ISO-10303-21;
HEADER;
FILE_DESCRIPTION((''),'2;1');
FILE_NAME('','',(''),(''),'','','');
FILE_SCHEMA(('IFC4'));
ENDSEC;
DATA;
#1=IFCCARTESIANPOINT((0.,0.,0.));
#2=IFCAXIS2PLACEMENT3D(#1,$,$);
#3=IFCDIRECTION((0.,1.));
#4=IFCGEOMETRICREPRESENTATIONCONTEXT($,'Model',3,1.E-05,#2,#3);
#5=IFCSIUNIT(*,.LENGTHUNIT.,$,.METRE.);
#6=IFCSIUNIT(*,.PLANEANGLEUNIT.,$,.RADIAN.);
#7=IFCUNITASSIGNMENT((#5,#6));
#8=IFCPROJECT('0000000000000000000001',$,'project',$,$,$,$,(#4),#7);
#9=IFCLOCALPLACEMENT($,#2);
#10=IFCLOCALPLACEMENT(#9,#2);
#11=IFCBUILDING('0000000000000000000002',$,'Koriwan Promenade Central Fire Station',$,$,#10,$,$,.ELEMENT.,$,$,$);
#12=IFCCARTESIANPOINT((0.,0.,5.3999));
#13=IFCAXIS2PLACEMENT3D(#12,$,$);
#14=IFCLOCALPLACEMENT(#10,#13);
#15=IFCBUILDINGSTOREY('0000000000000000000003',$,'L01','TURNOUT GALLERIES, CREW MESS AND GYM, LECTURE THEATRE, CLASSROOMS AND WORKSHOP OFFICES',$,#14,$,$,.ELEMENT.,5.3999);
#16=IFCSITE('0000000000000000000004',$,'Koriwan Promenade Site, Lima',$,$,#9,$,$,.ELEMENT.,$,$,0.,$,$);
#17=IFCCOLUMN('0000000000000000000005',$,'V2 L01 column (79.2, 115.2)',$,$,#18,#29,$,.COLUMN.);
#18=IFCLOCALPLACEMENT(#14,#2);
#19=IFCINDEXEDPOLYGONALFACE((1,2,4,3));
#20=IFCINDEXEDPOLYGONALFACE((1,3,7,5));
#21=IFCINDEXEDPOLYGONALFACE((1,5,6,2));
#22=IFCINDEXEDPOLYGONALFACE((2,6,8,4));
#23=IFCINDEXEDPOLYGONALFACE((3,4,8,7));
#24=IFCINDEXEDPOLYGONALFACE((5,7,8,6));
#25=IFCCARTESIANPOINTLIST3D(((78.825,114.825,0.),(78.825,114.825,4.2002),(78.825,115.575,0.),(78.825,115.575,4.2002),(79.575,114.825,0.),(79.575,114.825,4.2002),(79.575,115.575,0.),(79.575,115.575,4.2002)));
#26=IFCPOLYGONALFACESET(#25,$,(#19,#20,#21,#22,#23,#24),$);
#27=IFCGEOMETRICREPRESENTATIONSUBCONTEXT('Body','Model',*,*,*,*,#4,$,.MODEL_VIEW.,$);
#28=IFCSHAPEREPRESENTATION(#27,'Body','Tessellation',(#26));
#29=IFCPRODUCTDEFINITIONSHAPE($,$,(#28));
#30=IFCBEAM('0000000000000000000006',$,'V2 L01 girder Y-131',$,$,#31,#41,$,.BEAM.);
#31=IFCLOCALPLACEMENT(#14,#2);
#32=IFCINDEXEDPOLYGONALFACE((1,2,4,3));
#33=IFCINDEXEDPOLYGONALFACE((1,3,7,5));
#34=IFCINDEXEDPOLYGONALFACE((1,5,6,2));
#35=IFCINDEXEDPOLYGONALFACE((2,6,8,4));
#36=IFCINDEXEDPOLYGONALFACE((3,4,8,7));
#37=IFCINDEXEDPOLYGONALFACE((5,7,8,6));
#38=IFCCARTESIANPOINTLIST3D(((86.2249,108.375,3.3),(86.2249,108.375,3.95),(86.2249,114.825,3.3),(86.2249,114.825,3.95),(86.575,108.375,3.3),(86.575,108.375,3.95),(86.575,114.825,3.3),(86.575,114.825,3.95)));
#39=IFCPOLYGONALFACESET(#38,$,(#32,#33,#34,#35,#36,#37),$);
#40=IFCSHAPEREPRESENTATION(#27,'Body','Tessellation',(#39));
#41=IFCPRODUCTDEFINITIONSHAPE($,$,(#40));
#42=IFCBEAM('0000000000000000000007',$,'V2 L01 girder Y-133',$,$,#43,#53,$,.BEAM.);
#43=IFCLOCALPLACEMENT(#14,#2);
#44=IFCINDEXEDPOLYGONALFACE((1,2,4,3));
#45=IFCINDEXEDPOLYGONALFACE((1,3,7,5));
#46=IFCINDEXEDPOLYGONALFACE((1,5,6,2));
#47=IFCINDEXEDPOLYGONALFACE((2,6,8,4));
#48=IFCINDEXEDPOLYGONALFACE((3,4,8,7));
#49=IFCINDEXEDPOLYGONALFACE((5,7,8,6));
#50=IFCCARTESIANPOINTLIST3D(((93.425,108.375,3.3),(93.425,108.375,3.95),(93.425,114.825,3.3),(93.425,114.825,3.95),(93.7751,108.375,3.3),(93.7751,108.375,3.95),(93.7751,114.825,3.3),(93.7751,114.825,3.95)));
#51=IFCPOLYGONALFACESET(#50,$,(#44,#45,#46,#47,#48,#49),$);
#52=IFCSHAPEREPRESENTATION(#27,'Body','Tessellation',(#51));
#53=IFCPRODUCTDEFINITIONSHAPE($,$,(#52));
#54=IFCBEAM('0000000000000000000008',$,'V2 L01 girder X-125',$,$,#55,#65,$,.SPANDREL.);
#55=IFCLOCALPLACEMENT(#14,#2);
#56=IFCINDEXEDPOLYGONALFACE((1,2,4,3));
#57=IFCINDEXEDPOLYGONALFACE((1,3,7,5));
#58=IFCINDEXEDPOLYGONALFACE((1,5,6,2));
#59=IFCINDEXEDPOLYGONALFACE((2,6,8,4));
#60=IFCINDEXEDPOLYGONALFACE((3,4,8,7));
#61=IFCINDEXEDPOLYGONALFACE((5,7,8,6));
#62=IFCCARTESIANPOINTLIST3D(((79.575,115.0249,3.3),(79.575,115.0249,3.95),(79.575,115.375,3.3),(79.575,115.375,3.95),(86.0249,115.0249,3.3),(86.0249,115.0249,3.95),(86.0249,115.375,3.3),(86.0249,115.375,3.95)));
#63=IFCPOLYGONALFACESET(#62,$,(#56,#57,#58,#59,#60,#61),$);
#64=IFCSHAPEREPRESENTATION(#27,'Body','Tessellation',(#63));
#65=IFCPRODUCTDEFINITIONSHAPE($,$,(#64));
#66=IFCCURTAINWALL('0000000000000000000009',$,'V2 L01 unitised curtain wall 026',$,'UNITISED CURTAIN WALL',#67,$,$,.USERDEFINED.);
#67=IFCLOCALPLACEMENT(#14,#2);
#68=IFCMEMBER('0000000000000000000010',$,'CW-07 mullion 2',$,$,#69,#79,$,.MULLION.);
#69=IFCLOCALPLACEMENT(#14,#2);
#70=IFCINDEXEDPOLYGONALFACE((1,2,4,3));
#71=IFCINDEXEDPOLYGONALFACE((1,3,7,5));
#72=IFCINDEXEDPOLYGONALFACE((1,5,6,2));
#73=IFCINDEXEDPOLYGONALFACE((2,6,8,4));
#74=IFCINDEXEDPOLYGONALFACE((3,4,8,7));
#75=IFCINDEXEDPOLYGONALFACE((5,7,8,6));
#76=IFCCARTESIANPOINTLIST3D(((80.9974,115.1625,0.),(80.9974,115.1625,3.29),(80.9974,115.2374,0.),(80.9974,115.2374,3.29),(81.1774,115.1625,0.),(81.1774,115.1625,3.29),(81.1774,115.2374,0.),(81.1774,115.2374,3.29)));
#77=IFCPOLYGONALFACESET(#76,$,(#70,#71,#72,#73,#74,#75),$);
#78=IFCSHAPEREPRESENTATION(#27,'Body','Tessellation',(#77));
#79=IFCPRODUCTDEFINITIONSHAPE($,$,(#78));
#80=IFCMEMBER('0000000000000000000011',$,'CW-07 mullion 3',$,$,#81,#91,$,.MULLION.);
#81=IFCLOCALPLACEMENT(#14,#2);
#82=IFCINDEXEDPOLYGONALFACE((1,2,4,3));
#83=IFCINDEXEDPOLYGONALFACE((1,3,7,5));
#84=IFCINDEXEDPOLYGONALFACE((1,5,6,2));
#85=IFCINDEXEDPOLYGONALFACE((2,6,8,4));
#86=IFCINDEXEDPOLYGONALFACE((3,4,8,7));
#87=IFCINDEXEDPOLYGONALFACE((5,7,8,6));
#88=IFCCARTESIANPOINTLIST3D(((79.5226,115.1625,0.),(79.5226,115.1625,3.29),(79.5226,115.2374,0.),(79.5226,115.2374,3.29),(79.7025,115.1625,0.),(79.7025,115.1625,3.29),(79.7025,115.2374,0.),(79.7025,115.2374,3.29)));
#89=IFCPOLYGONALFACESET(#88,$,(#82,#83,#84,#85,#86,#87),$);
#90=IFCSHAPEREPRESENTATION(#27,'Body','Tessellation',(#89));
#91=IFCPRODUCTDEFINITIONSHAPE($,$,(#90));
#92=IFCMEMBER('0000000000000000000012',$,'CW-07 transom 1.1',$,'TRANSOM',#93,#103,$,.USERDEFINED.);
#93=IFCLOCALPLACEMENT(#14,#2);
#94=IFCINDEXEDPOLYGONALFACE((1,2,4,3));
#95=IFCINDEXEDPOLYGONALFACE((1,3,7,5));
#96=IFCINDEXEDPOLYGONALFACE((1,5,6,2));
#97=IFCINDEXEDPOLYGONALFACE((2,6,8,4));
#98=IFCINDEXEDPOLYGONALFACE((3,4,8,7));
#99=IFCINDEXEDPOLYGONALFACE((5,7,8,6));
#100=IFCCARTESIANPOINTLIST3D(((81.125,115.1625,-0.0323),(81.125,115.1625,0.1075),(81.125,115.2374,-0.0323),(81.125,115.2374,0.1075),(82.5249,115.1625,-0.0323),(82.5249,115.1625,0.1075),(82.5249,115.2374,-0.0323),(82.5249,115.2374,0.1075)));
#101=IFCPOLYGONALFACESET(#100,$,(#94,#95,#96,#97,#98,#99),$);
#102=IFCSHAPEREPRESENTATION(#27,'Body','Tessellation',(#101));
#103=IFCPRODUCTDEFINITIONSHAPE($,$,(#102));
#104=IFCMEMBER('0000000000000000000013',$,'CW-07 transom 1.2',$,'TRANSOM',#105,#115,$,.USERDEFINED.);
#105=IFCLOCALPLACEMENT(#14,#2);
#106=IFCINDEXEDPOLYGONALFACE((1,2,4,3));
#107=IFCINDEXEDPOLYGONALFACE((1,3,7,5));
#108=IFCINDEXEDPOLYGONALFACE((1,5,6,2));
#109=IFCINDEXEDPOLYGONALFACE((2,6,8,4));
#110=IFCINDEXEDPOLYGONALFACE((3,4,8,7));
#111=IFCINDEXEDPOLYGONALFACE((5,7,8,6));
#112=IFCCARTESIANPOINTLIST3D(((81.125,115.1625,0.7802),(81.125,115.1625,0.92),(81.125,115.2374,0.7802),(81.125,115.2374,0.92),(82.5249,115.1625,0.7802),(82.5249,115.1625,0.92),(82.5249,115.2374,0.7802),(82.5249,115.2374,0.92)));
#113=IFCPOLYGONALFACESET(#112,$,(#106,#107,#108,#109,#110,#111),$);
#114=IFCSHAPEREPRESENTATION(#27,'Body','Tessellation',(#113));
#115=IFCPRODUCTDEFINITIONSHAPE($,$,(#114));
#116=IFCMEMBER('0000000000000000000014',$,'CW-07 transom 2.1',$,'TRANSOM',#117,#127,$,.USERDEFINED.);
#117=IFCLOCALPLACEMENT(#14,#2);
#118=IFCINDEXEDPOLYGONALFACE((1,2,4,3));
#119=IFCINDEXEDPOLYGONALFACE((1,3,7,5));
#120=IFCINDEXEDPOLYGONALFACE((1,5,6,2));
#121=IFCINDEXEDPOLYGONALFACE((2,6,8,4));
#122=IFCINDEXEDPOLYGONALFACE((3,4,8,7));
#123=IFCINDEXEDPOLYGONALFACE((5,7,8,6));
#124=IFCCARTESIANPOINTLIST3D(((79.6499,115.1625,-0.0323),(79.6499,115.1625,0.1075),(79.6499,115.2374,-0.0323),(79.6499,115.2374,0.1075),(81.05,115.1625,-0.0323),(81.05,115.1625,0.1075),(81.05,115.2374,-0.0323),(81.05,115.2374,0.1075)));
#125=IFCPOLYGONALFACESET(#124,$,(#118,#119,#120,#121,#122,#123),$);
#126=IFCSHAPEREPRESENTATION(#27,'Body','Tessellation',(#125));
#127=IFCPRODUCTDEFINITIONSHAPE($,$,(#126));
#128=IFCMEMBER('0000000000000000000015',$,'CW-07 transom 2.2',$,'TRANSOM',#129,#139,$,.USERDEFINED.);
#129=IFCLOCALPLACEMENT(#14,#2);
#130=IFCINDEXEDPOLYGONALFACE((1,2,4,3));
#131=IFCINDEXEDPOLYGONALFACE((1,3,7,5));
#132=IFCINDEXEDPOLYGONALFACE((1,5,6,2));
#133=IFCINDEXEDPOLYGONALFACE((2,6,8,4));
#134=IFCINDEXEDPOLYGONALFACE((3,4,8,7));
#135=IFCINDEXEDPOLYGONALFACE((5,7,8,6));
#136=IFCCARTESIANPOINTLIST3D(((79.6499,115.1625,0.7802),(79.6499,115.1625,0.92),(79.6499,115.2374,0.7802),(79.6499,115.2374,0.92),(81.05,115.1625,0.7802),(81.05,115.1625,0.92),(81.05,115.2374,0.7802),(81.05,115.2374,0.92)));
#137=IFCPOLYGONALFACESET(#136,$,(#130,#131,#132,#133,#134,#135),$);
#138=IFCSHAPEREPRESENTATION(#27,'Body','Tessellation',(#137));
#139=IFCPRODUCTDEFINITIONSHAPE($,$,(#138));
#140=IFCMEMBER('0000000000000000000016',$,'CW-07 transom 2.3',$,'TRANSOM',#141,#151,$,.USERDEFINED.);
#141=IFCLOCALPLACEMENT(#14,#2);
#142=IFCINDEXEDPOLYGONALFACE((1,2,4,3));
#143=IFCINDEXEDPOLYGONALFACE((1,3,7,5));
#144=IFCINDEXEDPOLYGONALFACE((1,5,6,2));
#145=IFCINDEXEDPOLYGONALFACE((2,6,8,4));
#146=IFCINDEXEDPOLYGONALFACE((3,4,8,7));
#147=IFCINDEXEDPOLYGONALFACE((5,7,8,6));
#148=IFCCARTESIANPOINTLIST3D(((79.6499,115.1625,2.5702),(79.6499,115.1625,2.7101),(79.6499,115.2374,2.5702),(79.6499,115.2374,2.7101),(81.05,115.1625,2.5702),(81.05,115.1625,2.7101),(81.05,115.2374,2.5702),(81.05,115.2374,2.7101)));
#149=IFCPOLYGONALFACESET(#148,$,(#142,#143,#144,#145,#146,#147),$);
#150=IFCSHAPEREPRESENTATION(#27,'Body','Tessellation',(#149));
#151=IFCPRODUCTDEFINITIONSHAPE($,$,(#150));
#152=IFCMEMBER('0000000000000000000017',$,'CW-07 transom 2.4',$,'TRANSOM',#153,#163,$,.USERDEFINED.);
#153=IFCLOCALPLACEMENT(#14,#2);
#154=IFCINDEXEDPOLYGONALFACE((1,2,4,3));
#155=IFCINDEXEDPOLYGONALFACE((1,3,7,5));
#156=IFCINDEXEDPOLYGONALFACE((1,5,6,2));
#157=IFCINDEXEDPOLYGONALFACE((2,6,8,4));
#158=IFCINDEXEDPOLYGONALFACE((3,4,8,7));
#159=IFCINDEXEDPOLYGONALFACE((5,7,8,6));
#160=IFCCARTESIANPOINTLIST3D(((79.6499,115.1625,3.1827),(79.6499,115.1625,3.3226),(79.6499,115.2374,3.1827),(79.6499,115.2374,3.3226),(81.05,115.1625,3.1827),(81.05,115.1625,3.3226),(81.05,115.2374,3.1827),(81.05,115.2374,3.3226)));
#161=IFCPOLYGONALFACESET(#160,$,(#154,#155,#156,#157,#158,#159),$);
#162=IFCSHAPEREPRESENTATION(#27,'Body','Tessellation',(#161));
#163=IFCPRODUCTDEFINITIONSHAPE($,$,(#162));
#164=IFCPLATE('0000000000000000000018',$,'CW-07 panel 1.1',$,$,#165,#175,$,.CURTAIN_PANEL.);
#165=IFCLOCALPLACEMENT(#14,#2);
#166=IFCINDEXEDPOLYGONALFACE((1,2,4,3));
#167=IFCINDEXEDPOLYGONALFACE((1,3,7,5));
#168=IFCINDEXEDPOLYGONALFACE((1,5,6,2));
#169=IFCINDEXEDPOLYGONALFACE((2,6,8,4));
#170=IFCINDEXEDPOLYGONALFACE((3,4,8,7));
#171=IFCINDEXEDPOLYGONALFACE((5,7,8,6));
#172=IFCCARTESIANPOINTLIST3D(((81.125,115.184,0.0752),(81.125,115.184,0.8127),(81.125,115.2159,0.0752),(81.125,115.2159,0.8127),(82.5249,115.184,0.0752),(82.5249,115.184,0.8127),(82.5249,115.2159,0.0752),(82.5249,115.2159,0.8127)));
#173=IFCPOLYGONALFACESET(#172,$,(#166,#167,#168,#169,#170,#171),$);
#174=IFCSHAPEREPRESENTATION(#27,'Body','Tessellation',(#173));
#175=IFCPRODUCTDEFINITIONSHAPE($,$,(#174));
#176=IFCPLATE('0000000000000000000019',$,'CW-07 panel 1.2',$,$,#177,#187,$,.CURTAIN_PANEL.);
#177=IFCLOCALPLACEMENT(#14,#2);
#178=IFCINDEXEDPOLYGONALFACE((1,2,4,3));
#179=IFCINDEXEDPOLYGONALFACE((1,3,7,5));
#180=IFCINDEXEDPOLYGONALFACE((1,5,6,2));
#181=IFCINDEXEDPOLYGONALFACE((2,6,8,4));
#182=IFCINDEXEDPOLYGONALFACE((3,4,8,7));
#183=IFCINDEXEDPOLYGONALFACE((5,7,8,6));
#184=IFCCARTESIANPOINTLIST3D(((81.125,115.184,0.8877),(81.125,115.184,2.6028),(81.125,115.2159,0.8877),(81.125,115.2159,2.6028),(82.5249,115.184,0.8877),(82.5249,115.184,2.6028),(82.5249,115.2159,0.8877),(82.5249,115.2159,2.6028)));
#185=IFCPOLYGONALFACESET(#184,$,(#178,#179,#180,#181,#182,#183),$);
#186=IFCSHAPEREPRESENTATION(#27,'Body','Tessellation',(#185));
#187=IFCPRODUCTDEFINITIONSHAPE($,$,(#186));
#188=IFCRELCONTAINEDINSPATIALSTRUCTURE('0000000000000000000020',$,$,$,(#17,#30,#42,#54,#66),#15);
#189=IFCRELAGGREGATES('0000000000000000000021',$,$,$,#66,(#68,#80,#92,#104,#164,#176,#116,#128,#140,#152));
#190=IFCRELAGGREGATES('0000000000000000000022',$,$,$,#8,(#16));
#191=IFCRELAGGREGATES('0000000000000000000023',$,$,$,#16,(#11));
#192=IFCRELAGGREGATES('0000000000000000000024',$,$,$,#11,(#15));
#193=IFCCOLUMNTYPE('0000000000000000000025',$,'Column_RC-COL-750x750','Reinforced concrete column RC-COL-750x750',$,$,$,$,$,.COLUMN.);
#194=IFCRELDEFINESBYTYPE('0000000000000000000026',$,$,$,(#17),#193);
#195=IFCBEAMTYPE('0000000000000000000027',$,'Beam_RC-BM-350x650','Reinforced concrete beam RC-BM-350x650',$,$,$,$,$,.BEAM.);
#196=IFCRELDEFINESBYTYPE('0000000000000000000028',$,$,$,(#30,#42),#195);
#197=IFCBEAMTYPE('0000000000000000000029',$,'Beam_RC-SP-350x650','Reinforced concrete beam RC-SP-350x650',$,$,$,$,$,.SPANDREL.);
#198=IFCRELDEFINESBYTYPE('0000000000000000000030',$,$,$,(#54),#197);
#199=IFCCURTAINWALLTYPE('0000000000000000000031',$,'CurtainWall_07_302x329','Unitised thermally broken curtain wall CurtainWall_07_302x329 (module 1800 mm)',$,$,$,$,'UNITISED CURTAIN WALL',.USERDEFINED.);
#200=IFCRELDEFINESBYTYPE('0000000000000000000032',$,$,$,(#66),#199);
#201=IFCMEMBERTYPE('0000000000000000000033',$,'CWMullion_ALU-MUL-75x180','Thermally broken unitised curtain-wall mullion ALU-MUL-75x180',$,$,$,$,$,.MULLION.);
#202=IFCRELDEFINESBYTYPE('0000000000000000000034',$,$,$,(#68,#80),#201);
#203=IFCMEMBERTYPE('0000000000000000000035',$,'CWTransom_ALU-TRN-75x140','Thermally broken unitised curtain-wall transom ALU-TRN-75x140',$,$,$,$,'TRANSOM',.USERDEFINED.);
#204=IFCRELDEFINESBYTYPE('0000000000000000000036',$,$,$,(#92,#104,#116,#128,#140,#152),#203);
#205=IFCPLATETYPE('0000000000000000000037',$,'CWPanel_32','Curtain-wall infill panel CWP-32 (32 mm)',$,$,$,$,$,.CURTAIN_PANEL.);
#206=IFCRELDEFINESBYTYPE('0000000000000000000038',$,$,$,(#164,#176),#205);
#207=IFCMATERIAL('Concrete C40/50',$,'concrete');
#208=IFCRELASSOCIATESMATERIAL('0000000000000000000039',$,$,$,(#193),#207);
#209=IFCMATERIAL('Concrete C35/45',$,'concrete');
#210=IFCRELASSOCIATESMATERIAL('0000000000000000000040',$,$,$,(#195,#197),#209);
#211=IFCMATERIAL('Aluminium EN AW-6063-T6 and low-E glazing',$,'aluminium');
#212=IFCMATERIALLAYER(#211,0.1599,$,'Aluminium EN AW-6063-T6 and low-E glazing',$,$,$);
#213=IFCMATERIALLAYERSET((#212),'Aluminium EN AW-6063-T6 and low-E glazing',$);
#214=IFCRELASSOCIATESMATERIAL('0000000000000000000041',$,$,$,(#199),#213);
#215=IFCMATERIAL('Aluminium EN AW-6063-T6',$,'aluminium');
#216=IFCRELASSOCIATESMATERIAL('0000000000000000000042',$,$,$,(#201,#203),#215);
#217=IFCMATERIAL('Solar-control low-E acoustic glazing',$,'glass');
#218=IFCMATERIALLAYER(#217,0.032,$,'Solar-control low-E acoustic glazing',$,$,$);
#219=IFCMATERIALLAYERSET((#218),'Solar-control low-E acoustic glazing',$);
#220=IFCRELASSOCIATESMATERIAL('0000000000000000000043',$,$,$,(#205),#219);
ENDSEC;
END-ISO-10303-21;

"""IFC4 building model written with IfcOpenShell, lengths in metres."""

from ifc_helpers import new_model, si_unit, direction, frame, origin, origin_2d, place, context, subcontext, project, spatial, rectangle, extrude, material, layer, layer_set, material_profile, profile_set, type_object, element, aggregate, save


model = new_model("IFC4")

# Units and contexts
model_context = context("Model", 3, precision=1e-05, world=origin(), true_north=direction((0.0, 1.0)))
body_context = subcontext(model_context, "Body", "Model", "MODEL_VIEW")
ifc_project = project(units=[si_unit("LENGTHUNIT", "METRE"), si_unit("PLANEANGLEUNIT", "RADIAN")], contexts=[model_context])

# Site, building, storey
site_placement = place(None, origin())
site = spatial("IfcSite", under=ifc_project, at=site_placement, Name="Koriwan Promenade Site, Lima", CompositionType="ELEMENT", RefElevation=0.0)
building_placement = place(site_placement, origin())
building = spatial("IfcBuilding", under=site, at=building_placement, Name="Koriwan Promenade Central Fire Station", CompositionType="ELEMENT")
storey_placement = place(building_placement, frame((0.0, 0.0, 5.3999)))
storey = spatial("IfcBuildingStorey", under=building, at=storey_placement, Name="L01", Description="TURNOUT GALLERIES, CREW MESS AND GYM, LECTURE THEATRE, CLASSROOMS AND WORKSHOP OFFICES", CompositionType="ELEMENT", Elevation=5.3999)

# Column
ifc_material_1 = material(Name="Concrete C40/50", Category="concrete")
ifc_material_profile_1 = material_profile(ifc_material_1, rectangle(XDim=0.75, YDim=0.75, at=origin_2d()), Name="RC-COL-750x750")
ifc_profile_set_1 = profile_set([ifc_material_profile_1], Name="Concrete C40/50")
column_type = type_object("IfcColumnType", Name="Column_RC-COL-750x750", Description="Reinforced concrete column RC-COL-750x750", PredefinedType="COLUMN", material=ifc_profile_set_1)
column_placement = place(storey_placement, frame((79.2, 115.2, 0.0), z_axis=(0.0, 0.0, 1.0), x_axis=(1.0, 0.0, 0.0)))
element("IfcColumn", 1, at=column_placement, inside=storey, type_object=column_type, Name="V2 L01 column (79.2, 115.2)", PredefinedType="COLUMN", context=body_context, shape_type="SweptSolid", body=[
    extrude(rectangle(XDim=0.75, YDim=0.75, at=origin_2d()), origin(), (0.0, 0.0, 1.0), 4.2002),
])

# Beams
ifc_material_2 = material(Name="Concrete C35/45", Category="concrete")
ifc_material_profile_2 = material_profile(ifc_material_2, rectangle(XDim=0.3501, YDim=0.6499, at=origin_2d()), Name="RC-BM-350x650")
ifc_profile_set_2 = profile_set([ifc_material_profile_2], Name="Concrete C35/45")
beam_type_1 = type_object("IfcBeamType", Name="Beam_RC-BM-350x650", Description="Reinforced concrete beam RC-BM-350x650", PredefinedType="BEAM", material=ifc_profile_set_2)
for number, where, z_axis, x_axis, name in (
    (2, (86.3999, 108.375, 3.625), (0.0, 1.0, 0.0), (-1.0, 0.0, 0.0), "V2 L01 girder Y-131"),
    (3, (93.6001, 108.375, 3.625), (0.0, 1.0, 0.0), (-1.0, 0.0, 0.0), "V2 L01 girder Y-133"),
):
    element("IfcBeam", number, at=place(storey_placement, frame(where, z_axis=z_axis, x_axis=x_axis)), inside=storey, type_object=beam_type_1, Name=name, PredefinedType="BEAM", context=body_context, shape_type="SweptSolid", body=[
        extrude(rectangle(XDim=0.3501, YDim=0.6499, at=origin_2d()), origin(), (0.0, 0.0, 1.0), 6.45),
    ])
ifc_material_profile_3 = material_profile(ifc_material_2, rectangle(XDim=0.3501, YDim=0.6499, at=origin_2d()), Name="RC-SP-350x650")
ifc_profile_set_3 = profile_set([ifc_material_profile_3], Name="Concrete C35/45")
beam_type_2 = type_object("IfcBeamType", Name="Beam_RC-SP-350x650", Description="Reinforced concrete beam RC-SP-350x650", PredefinedType="SPANDREL", material=ifc_profile_set_3)
beam_placement = place(storey_placement, frame((79.575, 115.2, 3.625), z_axis=(1.0, 0.0, 0.0), x_axis=(0.0, 1.0, 0.0)))
element("IfcBeam", 4, at=beam_placement, inside=storey, type_object=beam_type_2, Name="V2 L01 girder X-125", PredefinedType="SPANDREL", context=body_context, shape_type="SweptSolid", body=[
    extrude(rectangle(XDim=0.3501, YDim=0.6499, at=origin_2d()), origin(), (0.0, 0.0, 1.0), 6.45),
])

# Curtain wall, members, plates
ifc_material_3 = material(Name="Aluminium EN AW-6063-T6 and low-E glazing", Category="aluminium")
ifc_layer_1 = layer(ifc_material_3, 0.1599, Name="Aluminium EN AW-6063-T6 and low-E glazing")
ifc_layer_set_1 = layer_set([ifc_layer_1], Name="Aluminium EN AW-6063-T6 and low-E glazing")
curtain_wall_type = type_object("IfcCurtainWallType", Name="CurtainWall_07_302x329", Description="Unitised thermally broken curtain wall CurtainWall_07_302x329 (module 1800 mm)", ElementType="UNITISED CURTAIN WALL", PredefinedType="USERDEFINED", material=ifc_layer_set_1)
curtain_wall_placement = place(storey_placement, origin())
curtain_wall = element("IfcCurtainWall", 5, at=curtain_wall_placement, inside=storey, type_object=curtain_wall_type, Name="V2 L01 unitised curtain wall 026", ObjectType="UNITISED CURTAIN WALL", PredefinedType="USERDEFINED")
ifc_material_4 = material(Name="Aluminium EN AW-6063-T6", Category="aluminium")
ifc_material_profile_4 = material_profile(ifc_material_4, rectangle(XDim=0.075, YDim=0.1799, at=origin_2d()), Name="ALU-MUL-75x180")
ifc_profile_set_4 = profile_set([ifc_material_profile_4], Name="Aluminium EN AW-6063-T6")
member_type_1 = type_object("IfcMemberType", Name="CWMullion_ALU-MUL-75x180", Description="Thermally broken unitised curtain-wall mullion ALU-MUL-75x180", PredefinedType="MULLION", material=ifc_profile_set_4)
member_1_placement = place(storey_placement, frame((81.0874, 115.2, 0.0), z_axis=(0.0, 0.0, 1.0), x_axis=(0.0, -1.0, 0.0)))
member_1 = element("IfcMember", 6, at=member_1_placement, type_object=member_type_1, Name="CW-07 mullion 2", PredefinedType="MULLION", context=body_context, shape_type="SweptSolid", body=[
    extrude(rectangle(XDim=0.075, YDim=0.1799, at=origin_2d()), origin(), (0.0, 0.0, 1.0), 3.29),
])
member_2_placement = place(storey_placement, frame((79.6125, 115.2, 0.0), z_axis=(0.0, 0.0, 1.0), x_axis=(0.0, -1.0, 0.0)))
member_2 = element("IfcMember", 7, at=member_2_placement, type_object=member_type_1, Name="CW-07 mullion 3", PredefinedType="MULLION", context=body_context, shape_type="SweptSolid", body=[
    extrude(rectangle(XDim=0.075, YDim=0.1799, at=origin_2d()), origin(), (0.0, 0.0, 1.0), 3.29),
])
ifc_material_profile_5 = material_profile(ifc_material_4, rectangle(XDim=0.075, YDim=0.1399, at=origin_2d()), Name="ALU-TRN-75x140")
ifc_profile_set_5 = profile_set([ifc_material_profile_5], Name="Aluminium EN AW-6063-T6")
member_type_2 = type_object("IfcMemberType", Name="CWTransom_ALU-TRN-75x140", Description="Thermally broken unitised curtain-wall transom ALU-TRN-75x140", ElementType="TRANSOM", PredefinedType="USERDEFINED", material=ifc_profile_set_5)
member_3_placement = place(storey_placement, frame((82.5249, 115.2, 0.0376), z_axis=(-1.0, 0.0, 0.0), x_axis=(0.0, -1.0, 0.0)))
member_3 = element("IfcMember", 8, at=member_3_placement, type_object=member_type_2, Name="CW-07 transom 1.1", ObjectType="TRANSOM", PredefinedType="USERDEFINED", context=body_context, shape_type="SweptSolid", body=[
    extrude(rectangle(XDim=0.075, YDim=0.1399, at=origin_2d()), origin(), (0.0, 0.0, 1.0), 1.3999),
])
member_4_placement = place(storey_placement, frame((82.5249, 115.2, 0.8501), z_axis=(-1.0, 0.0, 0.0), x_axis=(0.0, -1.0, 0.0)))
member_4 = element("IfcMember", 9, at=member_4_placement, type_object=member_type_2, Name="CW-07 transom 1.2", ObjectType="TRANSOM", PredefinedType="USERDEFINED", context=body_context, shape_type="SweptSolid", body=[
    extrude(rectangle(XDim=0.075, YDim=0.1399, at=origin_2d()), origin(), (0.0, 0.0, 1.0), 1.3999),
])
member_5_placement = place(storey_placement, frame((81.05, 115.2, 0.0376), z_axis=(-1.0, 0.0, 0.0), x_axis=(0.0, -1.0, 0.0)))
member_5 = element("IfcMember", 10, at=member_5_placement, type_object=member_type_2, Name="CW-07 transom 2.1", ObjectType="TRANSOM", PredefinedType="USERDEFINED", context=body_context, shape_type="SweptSolid", body=[
    extrude(rectangle(XDim=0.075, YDim=0.1399, at=origin_2d()), origin(), (0.0, 0.0, 1.0), 1.4001),
])
member_6_placement = place(storey_placement, frame((81.05, 115.2, 0.8501), z_axis=(-1.0, 0.0, 0.0), x_axis=(0.0, -1.0, 0.0)))
member_6 = element("IfcMember", 11, at=member_6_placement, type_object=member_type_2, Name="CW-07 transom 2.2", ObjectType="TRANSOM", PredefinedType="USERDEFINED", context=body_context, shape_type="SweptSolid", body=[
    extrude(rectangle(XDim=0.075, YDim=0.1399, at=origin_2d()), origin(), (0.0, 0.0, 1.0), 1.4001),
])
member_7_placement = place(storey_placement, frame((81.05, 115.2, 2.6401), z_axis=(-1.0, 0.0, 0.0), x_axis=(0.0, -1.0, 0.0)))
member_7 = element("IfcMember", 12, at=member_7_placement, type_object=member_type_2, Name="CW-07 transom 2.3", ObjectType="TRANSOM", PredefinedType="USERDEFINED", context=body_context, shape_type="SweptSolid", body=[
    extrude(rectangle(XDim=0.075, YDim=0.1399, at=origin_2d()), origin(), (0.0, 0.0, 1.0), 1.4001),
])
member_8_placement = place(storey_placement, frame((81.05, 115.2, 3.2527), z_axis=(-1.0, 0.0, 0.0), x_axis=(0.0, -1.0, 0.0)))
member_8 = element("IfcMember", 13, at=member_8_placement, type_object=member_type_2, Name="CW-07 transom 2.4", ObjectType="TRANSOM", PredefinedType="USERDEFINED", context=body_context, shape_type="SweptSolid", body=[
    extrude(rectangle(XDim=0.075, YDim=0.1399, at=origin_2d()), origin(), (0.0, 0.0, 1.0), 1.4001),
])
ifc_material_5 = material(Name="Solar-control low-E acoustic glazing", Category="glass")
ifc_layer_2 = layer(ifc_material_5, 0.032, Name="Solar-control low-E acoustic glazing")
ifc_layer_set_2 = layer_set([ifc_layer_2], Name="Solar-control low-E acoustic glazing")
plate_type = type_object("IfcPlateType", Name="CWPanel_32", Description="Curtain-wall infill panel CWP-32 (32 mm)", PredefinedType="CURTAIN_PANEL", material=ifc_layer_set_2)
plate_1_placement = place(storey_placement, frame((81.825, 115.2, 0.0752), z_axis=(0.0, 0.0, 1.0), x_axis=(-1.0, 0.0, 0.0)))
plate_1 = element("IfcPlate", 14, at=plate_1_placement, type_object=plate_type, Name="CW-07 panel 1.1", PredefinedType="CURTAIN_PANEL", context=body_context, shape_type="SweptSolid", body=[
    extrude(rectangle(XDim=1.3999, YDim=0.032, at=origin_2d()), origin(), (0.0, 0.0, 1.0), 0.7375),
])
plate_2_placement = place(storey_placement, frame((81.825, 115.2, 0.8877), z_axis=(0.0, 0.0, 1.0), x_axis=(-1.0, 0.0, 0.0)))
plate_2 = element("IfcPlate", 15, at=plate_2_placement, type_object=plate_type, Name="CW-07 panel 1.2", PredefinedType="CURTAIN_PANEL", context=body_context, shape_type="SweptSolid", body=[
    extrude(rectangle(XDim=1.3999, YDim=0.032, at=origin_2d()), origin(), (0.0, 0.0, 1.0), 1.7151),
])
aggregate(curtain_wall, [member_1, member_2, member_3, member_4, plate_1, plate_2, member_5, member_6, member_7, member_8])

save(model, "model.ifc")
